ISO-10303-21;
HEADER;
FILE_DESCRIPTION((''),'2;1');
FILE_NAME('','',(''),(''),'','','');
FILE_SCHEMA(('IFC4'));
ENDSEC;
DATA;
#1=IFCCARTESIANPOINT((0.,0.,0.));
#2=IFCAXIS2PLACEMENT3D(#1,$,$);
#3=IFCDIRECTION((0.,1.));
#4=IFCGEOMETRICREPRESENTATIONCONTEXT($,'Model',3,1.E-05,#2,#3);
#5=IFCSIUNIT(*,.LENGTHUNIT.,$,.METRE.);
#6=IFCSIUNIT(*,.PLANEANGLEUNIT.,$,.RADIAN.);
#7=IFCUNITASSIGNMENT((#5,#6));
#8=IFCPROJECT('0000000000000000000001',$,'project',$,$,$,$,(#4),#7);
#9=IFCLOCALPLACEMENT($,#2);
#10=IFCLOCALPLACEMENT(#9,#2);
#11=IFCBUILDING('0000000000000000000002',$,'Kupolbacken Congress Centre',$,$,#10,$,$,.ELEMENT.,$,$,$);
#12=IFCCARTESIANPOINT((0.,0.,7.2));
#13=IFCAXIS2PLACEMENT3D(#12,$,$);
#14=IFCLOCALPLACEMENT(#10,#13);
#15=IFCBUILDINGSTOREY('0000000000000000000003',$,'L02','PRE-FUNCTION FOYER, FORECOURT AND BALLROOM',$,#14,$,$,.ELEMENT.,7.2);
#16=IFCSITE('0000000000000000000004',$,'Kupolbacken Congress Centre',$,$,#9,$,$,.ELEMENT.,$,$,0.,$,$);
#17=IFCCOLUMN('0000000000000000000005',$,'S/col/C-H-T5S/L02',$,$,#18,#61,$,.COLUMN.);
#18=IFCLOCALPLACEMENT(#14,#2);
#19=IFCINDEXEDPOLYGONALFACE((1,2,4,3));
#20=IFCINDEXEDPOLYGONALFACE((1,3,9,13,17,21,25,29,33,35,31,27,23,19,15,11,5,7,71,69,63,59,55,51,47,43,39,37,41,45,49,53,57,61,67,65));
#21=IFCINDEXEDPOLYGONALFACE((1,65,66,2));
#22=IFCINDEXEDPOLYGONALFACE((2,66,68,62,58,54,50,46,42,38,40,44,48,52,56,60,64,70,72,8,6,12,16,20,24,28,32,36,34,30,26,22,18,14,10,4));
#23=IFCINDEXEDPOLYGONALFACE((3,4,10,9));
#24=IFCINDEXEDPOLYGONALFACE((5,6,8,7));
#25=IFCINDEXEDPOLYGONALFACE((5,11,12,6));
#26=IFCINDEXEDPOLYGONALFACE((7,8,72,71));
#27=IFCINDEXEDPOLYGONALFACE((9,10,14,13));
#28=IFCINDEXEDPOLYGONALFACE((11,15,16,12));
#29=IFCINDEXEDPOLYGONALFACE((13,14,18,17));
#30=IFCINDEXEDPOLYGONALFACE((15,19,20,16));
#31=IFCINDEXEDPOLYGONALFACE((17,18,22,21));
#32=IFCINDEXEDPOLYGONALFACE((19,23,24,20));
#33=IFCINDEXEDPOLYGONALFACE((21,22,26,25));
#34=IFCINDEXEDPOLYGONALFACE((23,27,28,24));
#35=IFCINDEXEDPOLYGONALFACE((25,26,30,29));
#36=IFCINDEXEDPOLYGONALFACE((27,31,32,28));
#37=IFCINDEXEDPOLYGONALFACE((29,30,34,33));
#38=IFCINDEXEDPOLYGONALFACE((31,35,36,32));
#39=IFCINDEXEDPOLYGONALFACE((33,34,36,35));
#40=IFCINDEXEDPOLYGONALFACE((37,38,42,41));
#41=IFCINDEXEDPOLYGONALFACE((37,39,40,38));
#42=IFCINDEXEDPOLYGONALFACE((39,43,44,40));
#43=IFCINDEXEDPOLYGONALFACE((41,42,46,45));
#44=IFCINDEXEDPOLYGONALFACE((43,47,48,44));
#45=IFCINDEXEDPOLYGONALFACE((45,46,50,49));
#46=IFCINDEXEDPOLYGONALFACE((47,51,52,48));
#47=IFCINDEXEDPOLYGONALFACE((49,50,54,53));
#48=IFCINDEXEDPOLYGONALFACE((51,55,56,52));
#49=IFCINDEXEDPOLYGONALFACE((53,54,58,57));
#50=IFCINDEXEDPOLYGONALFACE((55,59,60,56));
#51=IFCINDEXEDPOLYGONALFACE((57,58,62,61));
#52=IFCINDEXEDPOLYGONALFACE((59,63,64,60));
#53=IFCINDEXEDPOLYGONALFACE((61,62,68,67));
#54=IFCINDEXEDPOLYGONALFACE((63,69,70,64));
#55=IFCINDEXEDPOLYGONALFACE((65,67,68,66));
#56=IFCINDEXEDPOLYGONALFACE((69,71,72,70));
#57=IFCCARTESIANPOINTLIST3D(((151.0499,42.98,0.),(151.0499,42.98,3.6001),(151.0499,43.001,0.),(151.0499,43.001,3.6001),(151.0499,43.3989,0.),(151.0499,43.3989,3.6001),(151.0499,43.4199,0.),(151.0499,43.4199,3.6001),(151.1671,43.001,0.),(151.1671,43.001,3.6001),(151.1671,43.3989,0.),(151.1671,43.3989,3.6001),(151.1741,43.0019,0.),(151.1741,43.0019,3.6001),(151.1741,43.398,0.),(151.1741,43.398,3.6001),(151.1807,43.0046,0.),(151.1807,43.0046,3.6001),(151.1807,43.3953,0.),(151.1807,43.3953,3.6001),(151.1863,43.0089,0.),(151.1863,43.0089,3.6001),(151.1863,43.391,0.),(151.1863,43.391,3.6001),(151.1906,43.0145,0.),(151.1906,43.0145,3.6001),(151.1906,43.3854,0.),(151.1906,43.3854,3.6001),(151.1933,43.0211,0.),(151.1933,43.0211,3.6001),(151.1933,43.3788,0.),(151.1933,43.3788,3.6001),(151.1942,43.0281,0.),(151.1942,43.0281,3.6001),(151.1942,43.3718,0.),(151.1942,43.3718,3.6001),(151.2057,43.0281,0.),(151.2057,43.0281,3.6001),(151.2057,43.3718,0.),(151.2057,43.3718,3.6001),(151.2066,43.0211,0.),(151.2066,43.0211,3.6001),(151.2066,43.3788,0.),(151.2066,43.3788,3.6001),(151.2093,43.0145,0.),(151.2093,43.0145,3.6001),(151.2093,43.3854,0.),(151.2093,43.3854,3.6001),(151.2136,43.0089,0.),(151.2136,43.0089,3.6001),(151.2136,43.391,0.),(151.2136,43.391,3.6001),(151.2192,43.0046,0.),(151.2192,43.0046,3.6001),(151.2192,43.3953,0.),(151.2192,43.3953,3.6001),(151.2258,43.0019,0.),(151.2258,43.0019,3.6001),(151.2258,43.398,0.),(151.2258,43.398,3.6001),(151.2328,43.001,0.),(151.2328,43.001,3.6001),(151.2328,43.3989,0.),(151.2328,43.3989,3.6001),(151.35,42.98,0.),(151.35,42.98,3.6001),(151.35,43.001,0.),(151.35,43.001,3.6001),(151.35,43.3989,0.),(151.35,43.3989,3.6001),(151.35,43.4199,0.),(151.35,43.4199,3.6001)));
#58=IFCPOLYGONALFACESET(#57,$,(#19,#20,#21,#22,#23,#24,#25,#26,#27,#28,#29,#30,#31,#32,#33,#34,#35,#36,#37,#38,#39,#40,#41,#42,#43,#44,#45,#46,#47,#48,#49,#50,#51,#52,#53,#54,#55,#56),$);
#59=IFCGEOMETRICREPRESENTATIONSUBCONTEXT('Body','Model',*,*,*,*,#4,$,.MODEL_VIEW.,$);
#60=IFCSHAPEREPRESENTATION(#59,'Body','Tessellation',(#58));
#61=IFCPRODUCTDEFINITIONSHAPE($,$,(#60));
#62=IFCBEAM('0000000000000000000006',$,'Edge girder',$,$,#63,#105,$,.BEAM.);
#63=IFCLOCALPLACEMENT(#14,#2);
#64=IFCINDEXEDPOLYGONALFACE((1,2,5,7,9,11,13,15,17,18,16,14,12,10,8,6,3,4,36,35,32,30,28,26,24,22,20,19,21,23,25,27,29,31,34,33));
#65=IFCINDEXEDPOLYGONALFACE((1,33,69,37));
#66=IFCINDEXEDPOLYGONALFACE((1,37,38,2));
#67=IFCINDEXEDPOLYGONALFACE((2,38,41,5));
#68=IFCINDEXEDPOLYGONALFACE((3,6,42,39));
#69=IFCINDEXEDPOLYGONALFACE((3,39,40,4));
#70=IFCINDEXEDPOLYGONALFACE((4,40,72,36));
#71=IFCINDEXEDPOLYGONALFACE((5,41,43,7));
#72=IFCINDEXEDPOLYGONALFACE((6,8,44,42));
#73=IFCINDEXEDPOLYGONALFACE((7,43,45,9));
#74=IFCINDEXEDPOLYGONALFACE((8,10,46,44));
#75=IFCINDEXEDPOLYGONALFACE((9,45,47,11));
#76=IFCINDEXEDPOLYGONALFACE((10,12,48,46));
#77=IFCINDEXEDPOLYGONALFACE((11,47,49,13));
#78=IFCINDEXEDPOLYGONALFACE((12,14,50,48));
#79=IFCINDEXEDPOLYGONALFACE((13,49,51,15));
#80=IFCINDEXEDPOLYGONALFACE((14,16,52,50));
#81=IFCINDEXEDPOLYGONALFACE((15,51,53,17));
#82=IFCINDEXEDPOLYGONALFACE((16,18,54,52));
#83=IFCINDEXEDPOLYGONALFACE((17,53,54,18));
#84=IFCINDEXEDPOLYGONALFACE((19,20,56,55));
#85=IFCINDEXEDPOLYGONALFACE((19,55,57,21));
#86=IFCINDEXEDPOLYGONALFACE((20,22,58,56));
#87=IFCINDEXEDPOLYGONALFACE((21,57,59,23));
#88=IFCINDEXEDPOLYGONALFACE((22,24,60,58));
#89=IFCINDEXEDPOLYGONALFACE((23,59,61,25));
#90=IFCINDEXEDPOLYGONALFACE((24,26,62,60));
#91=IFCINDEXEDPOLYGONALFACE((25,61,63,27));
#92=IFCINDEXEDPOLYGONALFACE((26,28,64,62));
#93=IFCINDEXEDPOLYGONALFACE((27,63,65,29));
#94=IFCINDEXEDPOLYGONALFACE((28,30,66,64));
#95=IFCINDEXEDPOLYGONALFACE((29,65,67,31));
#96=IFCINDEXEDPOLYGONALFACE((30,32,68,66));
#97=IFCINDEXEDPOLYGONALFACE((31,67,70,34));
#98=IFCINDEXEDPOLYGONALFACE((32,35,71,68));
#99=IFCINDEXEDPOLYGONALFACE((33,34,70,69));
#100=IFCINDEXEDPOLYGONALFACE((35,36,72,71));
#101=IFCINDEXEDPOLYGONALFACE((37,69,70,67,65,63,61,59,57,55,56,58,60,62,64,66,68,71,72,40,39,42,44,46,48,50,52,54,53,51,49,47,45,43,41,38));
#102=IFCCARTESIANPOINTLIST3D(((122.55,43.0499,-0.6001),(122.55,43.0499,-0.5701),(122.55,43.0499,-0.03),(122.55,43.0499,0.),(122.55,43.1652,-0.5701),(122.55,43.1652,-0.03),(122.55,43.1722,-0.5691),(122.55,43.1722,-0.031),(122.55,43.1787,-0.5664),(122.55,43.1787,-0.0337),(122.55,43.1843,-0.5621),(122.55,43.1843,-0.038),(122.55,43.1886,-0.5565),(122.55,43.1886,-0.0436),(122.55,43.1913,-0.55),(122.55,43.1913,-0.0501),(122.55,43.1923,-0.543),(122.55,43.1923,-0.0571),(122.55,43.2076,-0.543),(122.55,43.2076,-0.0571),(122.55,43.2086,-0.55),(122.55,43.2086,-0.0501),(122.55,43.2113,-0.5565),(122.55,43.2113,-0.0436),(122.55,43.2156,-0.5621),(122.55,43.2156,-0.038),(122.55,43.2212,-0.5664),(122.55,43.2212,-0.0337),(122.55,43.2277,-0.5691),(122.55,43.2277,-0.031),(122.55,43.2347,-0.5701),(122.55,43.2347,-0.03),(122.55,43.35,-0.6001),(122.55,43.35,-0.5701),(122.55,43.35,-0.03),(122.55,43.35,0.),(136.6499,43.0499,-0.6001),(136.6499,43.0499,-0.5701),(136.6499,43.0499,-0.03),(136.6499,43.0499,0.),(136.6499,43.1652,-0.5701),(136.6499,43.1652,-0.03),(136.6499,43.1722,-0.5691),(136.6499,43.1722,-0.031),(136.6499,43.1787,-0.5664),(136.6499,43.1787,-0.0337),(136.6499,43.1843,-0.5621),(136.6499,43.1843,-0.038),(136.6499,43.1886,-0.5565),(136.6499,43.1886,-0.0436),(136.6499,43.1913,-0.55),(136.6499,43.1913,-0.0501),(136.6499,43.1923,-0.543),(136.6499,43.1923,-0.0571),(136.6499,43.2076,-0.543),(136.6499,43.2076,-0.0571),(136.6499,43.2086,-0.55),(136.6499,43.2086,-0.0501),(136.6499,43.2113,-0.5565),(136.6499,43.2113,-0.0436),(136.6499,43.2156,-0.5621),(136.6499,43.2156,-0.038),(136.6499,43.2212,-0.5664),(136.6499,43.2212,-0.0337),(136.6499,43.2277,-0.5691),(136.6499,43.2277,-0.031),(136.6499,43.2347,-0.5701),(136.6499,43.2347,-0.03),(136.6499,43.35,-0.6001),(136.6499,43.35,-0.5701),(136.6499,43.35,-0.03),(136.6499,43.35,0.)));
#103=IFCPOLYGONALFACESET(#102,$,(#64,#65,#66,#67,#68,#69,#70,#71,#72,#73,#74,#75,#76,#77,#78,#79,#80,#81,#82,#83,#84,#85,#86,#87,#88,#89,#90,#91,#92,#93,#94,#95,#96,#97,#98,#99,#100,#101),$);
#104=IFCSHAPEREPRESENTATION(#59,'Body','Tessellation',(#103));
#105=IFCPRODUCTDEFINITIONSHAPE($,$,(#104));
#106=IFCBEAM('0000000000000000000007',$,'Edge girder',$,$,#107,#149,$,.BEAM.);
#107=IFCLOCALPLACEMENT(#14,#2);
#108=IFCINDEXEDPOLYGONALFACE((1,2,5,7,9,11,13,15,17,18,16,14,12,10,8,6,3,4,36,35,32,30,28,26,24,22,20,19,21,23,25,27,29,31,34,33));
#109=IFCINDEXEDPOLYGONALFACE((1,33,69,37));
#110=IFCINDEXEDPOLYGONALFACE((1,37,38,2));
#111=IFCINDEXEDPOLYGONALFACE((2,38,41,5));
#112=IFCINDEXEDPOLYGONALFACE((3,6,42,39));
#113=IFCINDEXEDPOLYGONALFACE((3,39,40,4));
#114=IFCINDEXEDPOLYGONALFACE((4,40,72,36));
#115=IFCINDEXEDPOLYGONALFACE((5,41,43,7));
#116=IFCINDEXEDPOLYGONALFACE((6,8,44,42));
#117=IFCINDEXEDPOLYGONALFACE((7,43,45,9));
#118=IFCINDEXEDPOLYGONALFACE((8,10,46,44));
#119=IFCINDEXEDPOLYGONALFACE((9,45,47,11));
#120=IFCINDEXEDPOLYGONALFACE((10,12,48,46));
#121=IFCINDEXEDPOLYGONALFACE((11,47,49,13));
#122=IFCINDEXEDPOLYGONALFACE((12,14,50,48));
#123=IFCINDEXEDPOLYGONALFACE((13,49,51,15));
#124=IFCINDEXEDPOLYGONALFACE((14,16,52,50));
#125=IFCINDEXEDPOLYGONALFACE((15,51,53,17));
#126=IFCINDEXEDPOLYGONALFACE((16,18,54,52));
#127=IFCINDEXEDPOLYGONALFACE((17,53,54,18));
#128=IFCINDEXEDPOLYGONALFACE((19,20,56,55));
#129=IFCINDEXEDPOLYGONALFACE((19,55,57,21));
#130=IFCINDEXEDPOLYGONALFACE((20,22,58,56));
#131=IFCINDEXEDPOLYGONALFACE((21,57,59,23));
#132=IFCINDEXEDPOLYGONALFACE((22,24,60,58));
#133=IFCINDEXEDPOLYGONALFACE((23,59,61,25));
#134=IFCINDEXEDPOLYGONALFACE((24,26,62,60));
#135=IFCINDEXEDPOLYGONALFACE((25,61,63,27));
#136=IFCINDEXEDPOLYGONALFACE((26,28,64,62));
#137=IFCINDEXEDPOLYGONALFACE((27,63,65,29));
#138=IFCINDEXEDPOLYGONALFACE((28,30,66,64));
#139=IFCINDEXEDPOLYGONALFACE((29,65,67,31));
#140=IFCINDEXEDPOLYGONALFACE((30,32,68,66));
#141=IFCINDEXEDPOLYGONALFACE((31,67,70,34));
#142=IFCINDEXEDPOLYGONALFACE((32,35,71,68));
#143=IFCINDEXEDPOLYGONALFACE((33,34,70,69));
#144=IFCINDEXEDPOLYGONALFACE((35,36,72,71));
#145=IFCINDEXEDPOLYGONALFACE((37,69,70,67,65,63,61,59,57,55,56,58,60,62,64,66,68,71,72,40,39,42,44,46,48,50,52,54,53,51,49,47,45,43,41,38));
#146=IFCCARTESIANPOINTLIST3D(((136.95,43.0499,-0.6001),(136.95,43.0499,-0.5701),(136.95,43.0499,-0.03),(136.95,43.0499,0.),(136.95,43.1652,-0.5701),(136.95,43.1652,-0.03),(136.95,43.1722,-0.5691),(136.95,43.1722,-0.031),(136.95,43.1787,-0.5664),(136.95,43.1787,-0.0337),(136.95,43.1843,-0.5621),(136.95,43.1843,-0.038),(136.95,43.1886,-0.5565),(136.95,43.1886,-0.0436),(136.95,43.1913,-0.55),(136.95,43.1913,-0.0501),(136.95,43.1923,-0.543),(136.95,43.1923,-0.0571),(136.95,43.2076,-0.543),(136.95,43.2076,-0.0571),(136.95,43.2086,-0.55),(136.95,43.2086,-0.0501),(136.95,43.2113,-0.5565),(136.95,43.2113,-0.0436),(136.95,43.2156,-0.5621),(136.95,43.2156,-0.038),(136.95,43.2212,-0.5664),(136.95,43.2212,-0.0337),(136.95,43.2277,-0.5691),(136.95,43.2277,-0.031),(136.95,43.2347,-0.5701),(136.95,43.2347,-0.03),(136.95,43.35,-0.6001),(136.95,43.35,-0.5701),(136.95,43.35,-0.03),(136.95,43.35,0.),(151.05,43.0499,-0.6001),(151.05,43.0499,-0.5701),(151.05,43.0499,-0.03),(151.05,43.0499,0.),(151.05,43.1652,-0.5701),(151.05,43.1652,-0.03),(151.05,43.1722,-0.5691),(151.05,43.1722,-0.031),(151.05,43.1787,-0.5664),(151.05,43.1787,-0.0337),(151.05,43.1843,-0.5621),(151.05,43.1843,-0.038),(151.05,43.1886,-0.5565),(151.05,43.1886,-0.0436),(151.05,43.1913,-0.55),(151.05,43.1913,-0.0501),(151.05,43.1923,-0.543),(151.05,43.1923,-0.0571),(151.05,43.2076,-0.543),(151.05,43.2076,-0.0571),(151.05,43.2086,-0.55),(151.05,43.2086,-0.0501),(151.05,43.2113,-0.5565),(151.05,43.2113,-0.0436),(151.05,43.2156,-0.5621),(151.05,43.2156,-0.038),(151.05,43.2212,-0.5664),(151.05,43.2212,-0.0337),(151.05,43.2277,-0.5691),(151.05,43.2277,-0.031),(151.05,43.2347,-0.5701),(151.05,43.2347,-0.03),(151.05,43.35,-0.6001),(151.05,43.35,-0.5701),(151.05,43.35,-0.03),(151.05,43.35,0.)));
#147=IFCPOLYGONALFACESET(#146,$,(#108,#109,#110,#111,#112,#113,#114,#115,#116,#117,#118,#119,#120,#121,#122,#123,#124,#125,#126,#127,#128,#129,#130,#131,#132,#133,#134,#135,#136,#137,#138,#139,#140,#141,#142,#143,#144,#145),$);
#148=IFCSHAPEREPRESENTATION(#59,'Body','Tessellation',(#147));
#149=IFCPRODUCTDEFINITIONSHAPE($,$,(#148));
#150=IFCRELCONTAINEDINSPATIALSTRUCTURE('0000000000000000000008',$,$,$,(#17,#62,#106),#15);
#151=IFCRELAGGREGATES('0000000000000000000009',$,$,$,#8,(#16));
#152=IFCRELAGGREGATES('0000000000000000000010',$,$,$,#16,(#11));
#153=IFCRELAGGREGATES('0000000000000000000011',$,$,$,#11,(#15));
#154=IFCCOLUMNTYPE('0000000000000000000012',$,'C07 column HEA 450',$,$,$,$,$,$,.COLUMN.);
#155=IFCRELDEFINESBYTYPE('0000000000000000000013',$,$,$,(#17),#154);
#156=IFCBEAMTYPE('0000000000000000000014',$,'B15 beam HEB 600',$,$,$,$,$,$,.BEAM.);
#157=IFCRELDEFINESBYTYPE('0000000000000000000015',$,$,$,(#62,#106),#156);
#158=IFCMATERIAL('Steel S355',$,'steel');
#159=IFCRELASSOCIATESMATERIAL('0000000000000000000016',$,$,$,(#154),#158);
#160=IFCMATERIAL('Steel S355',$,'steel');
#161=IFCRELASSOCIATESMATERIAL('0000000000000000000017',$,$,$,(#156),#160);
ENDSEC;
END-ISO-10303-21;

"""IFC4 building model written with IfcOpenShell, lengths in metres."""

from ifc_helpers import new_model, si_unit, direction, frame, origin, origin_2d, place, context, subcontext, project, spatial, i_section, extrude, material, material_profile, profile_set, type_object, element, save


model = new_model("IFC4")

# Units and contexts
model_context = context("Model", 3, precision=1e-05, world=origin(), true_north=direction((0.0, 1.0)))
body_context = subcontext(model_context, "Body", "Model", "MODEL_VIEW")
ifc_project = project(units=[si_unit("LENGTHUNIT", "METRE"), si_unit("PLANEANGLEUNIT", "RADIAN")], contexts=[model_context])

# Site, building, storey
site_placement = place(None, origin())
site = spatial("IfcSite", under=ifc_project, at=site_placement, Name="Kupolbacken Congress Centre", CompositionType="ELEMENT", RefElevation=0.0)
building_placement = place(site_placement, origin())
building = spatial("IfcBuilding", under=site, at=building_placement, Name="Kupolbacken Congress Centre", CompositionType="ELEMENT")
storey_placement = place(building_placement, frame((0.0, 0.0, 7.2)))
storey = spatial("IfcBuildingStorey", under=building, at=storey_placement, Name="L02", Description="PRE-FUNCTION FOYER, FORECOURT AND BALLROOM", CompositionType="ELEMENT", Elevation=7.2)

# Column
ifc_material_1 = material(Name="Steel S355", Category="steel")
ifc_material_profile_1 = material_profile(ifc_material_1, i_section(OverallWidth=0.3, OverallDepth=0.4399, WebThickness=0.0115, FlangeThickness=0.021, FilletRadius=0.0271, at=origin_2d()), Name="HEA 450")
ifc_profile_set_1 = profile_set([ifc_material_profile_1], Name="Steel S355")
column_type = type_object("IfcColumnType", Name="C07 column HEA 450", PredefinedType="COLUMN", material=ifc_profile_set_1)
for number, where, z_axis, x_axis, name in (
    (1, (151.2, 43.2, 0.0), (0.0, 0.0, 1.0), (1.0, 0.0, 0.0), "S/col/C-H-T5S/L02"),
):
    element("IfcColumn", number, at=place(storey_placement, frame(where, z_axis=z_axis, x_axis=x_axis)), inside=storey, type_object=column_type, Name=name, PredefinedType="COLUMN", context=body_context, shape_type="SweptSolid", body=[
        extrude(i_section(OverallWidth=0.3, OverallDepth=0.4399, WebThickness=0.0115, FlangeThickness=0.021, FilletRadius=0.0271, at=origin_2d()), origin(), (0.0, 0.0, 1.0), 3.6001),
    ])

# Beams
ifc_material_2 = material(Name="Steel S355", Category="steel")
ifc_material_profile_2 = material_profile(ifc_material_2, i_section(OverallWidth=0.3, OverallDepth=0.6001, WebThickness=0.0154, FlangeThickness=0.03, FilletRadius=0.0271, at=origin_2d()), Name="HEB 600")
ifc_profile_set_2 = profile_set([ifc_material_profile_2], Name="Steel S355")
beam_type = type_object("IfcBeamType", Name="B15 beam HEB 600", PredefinedType="BEAM", material=ifc_profile_set_2)
beam_1_placement = place(storey_placement, frame((122.55, 43.2, -0.3), z_axis=(1.0, 0.0, 0.0), x_axis=(0.0, 1.0, 0.0)))
element("IfcBeam", 2, at=beam_1_placement, inside=storey, type_object=beam_type, Name="Edge girder", PredefinedType="BEAM", context=body_context, shape_type="SweptSolid", body=[
    extrude(i_section(OverallWidth=0.3, OverallDepth=0.6001, WebThickness=0.0154, FlangeThickness=0.03, FilletRadius=0.0271, at=origin_2d()), origin(), (0.0, 0.0, 1.0), 14.0999),
])
beam_2_placement = place(storey_placement, frame((136.95, 43.2, -0.3), z_axis=(1.0, 0.0, 0.0), x_axis=(0.0, 1.0, 0.0)))
element("IfcBeam", 3, at=beam_2_placement, inside=storey, type_object=beam_type, Name="Edge girder", PredefinedType="BEAM", context=body_context, shape_type="SweptSolid", body=[
    extrude(i_section(OverallWidth=0.3, OverallDepth=0.6001, WebThickness=0.0154, FlangeThickness=0.03, FilletRadius=0.0271, at=origin_2d()), origin(), (0.0, 0.0, 1.0), 14.1001),
])

save(model, "model.ifc")
